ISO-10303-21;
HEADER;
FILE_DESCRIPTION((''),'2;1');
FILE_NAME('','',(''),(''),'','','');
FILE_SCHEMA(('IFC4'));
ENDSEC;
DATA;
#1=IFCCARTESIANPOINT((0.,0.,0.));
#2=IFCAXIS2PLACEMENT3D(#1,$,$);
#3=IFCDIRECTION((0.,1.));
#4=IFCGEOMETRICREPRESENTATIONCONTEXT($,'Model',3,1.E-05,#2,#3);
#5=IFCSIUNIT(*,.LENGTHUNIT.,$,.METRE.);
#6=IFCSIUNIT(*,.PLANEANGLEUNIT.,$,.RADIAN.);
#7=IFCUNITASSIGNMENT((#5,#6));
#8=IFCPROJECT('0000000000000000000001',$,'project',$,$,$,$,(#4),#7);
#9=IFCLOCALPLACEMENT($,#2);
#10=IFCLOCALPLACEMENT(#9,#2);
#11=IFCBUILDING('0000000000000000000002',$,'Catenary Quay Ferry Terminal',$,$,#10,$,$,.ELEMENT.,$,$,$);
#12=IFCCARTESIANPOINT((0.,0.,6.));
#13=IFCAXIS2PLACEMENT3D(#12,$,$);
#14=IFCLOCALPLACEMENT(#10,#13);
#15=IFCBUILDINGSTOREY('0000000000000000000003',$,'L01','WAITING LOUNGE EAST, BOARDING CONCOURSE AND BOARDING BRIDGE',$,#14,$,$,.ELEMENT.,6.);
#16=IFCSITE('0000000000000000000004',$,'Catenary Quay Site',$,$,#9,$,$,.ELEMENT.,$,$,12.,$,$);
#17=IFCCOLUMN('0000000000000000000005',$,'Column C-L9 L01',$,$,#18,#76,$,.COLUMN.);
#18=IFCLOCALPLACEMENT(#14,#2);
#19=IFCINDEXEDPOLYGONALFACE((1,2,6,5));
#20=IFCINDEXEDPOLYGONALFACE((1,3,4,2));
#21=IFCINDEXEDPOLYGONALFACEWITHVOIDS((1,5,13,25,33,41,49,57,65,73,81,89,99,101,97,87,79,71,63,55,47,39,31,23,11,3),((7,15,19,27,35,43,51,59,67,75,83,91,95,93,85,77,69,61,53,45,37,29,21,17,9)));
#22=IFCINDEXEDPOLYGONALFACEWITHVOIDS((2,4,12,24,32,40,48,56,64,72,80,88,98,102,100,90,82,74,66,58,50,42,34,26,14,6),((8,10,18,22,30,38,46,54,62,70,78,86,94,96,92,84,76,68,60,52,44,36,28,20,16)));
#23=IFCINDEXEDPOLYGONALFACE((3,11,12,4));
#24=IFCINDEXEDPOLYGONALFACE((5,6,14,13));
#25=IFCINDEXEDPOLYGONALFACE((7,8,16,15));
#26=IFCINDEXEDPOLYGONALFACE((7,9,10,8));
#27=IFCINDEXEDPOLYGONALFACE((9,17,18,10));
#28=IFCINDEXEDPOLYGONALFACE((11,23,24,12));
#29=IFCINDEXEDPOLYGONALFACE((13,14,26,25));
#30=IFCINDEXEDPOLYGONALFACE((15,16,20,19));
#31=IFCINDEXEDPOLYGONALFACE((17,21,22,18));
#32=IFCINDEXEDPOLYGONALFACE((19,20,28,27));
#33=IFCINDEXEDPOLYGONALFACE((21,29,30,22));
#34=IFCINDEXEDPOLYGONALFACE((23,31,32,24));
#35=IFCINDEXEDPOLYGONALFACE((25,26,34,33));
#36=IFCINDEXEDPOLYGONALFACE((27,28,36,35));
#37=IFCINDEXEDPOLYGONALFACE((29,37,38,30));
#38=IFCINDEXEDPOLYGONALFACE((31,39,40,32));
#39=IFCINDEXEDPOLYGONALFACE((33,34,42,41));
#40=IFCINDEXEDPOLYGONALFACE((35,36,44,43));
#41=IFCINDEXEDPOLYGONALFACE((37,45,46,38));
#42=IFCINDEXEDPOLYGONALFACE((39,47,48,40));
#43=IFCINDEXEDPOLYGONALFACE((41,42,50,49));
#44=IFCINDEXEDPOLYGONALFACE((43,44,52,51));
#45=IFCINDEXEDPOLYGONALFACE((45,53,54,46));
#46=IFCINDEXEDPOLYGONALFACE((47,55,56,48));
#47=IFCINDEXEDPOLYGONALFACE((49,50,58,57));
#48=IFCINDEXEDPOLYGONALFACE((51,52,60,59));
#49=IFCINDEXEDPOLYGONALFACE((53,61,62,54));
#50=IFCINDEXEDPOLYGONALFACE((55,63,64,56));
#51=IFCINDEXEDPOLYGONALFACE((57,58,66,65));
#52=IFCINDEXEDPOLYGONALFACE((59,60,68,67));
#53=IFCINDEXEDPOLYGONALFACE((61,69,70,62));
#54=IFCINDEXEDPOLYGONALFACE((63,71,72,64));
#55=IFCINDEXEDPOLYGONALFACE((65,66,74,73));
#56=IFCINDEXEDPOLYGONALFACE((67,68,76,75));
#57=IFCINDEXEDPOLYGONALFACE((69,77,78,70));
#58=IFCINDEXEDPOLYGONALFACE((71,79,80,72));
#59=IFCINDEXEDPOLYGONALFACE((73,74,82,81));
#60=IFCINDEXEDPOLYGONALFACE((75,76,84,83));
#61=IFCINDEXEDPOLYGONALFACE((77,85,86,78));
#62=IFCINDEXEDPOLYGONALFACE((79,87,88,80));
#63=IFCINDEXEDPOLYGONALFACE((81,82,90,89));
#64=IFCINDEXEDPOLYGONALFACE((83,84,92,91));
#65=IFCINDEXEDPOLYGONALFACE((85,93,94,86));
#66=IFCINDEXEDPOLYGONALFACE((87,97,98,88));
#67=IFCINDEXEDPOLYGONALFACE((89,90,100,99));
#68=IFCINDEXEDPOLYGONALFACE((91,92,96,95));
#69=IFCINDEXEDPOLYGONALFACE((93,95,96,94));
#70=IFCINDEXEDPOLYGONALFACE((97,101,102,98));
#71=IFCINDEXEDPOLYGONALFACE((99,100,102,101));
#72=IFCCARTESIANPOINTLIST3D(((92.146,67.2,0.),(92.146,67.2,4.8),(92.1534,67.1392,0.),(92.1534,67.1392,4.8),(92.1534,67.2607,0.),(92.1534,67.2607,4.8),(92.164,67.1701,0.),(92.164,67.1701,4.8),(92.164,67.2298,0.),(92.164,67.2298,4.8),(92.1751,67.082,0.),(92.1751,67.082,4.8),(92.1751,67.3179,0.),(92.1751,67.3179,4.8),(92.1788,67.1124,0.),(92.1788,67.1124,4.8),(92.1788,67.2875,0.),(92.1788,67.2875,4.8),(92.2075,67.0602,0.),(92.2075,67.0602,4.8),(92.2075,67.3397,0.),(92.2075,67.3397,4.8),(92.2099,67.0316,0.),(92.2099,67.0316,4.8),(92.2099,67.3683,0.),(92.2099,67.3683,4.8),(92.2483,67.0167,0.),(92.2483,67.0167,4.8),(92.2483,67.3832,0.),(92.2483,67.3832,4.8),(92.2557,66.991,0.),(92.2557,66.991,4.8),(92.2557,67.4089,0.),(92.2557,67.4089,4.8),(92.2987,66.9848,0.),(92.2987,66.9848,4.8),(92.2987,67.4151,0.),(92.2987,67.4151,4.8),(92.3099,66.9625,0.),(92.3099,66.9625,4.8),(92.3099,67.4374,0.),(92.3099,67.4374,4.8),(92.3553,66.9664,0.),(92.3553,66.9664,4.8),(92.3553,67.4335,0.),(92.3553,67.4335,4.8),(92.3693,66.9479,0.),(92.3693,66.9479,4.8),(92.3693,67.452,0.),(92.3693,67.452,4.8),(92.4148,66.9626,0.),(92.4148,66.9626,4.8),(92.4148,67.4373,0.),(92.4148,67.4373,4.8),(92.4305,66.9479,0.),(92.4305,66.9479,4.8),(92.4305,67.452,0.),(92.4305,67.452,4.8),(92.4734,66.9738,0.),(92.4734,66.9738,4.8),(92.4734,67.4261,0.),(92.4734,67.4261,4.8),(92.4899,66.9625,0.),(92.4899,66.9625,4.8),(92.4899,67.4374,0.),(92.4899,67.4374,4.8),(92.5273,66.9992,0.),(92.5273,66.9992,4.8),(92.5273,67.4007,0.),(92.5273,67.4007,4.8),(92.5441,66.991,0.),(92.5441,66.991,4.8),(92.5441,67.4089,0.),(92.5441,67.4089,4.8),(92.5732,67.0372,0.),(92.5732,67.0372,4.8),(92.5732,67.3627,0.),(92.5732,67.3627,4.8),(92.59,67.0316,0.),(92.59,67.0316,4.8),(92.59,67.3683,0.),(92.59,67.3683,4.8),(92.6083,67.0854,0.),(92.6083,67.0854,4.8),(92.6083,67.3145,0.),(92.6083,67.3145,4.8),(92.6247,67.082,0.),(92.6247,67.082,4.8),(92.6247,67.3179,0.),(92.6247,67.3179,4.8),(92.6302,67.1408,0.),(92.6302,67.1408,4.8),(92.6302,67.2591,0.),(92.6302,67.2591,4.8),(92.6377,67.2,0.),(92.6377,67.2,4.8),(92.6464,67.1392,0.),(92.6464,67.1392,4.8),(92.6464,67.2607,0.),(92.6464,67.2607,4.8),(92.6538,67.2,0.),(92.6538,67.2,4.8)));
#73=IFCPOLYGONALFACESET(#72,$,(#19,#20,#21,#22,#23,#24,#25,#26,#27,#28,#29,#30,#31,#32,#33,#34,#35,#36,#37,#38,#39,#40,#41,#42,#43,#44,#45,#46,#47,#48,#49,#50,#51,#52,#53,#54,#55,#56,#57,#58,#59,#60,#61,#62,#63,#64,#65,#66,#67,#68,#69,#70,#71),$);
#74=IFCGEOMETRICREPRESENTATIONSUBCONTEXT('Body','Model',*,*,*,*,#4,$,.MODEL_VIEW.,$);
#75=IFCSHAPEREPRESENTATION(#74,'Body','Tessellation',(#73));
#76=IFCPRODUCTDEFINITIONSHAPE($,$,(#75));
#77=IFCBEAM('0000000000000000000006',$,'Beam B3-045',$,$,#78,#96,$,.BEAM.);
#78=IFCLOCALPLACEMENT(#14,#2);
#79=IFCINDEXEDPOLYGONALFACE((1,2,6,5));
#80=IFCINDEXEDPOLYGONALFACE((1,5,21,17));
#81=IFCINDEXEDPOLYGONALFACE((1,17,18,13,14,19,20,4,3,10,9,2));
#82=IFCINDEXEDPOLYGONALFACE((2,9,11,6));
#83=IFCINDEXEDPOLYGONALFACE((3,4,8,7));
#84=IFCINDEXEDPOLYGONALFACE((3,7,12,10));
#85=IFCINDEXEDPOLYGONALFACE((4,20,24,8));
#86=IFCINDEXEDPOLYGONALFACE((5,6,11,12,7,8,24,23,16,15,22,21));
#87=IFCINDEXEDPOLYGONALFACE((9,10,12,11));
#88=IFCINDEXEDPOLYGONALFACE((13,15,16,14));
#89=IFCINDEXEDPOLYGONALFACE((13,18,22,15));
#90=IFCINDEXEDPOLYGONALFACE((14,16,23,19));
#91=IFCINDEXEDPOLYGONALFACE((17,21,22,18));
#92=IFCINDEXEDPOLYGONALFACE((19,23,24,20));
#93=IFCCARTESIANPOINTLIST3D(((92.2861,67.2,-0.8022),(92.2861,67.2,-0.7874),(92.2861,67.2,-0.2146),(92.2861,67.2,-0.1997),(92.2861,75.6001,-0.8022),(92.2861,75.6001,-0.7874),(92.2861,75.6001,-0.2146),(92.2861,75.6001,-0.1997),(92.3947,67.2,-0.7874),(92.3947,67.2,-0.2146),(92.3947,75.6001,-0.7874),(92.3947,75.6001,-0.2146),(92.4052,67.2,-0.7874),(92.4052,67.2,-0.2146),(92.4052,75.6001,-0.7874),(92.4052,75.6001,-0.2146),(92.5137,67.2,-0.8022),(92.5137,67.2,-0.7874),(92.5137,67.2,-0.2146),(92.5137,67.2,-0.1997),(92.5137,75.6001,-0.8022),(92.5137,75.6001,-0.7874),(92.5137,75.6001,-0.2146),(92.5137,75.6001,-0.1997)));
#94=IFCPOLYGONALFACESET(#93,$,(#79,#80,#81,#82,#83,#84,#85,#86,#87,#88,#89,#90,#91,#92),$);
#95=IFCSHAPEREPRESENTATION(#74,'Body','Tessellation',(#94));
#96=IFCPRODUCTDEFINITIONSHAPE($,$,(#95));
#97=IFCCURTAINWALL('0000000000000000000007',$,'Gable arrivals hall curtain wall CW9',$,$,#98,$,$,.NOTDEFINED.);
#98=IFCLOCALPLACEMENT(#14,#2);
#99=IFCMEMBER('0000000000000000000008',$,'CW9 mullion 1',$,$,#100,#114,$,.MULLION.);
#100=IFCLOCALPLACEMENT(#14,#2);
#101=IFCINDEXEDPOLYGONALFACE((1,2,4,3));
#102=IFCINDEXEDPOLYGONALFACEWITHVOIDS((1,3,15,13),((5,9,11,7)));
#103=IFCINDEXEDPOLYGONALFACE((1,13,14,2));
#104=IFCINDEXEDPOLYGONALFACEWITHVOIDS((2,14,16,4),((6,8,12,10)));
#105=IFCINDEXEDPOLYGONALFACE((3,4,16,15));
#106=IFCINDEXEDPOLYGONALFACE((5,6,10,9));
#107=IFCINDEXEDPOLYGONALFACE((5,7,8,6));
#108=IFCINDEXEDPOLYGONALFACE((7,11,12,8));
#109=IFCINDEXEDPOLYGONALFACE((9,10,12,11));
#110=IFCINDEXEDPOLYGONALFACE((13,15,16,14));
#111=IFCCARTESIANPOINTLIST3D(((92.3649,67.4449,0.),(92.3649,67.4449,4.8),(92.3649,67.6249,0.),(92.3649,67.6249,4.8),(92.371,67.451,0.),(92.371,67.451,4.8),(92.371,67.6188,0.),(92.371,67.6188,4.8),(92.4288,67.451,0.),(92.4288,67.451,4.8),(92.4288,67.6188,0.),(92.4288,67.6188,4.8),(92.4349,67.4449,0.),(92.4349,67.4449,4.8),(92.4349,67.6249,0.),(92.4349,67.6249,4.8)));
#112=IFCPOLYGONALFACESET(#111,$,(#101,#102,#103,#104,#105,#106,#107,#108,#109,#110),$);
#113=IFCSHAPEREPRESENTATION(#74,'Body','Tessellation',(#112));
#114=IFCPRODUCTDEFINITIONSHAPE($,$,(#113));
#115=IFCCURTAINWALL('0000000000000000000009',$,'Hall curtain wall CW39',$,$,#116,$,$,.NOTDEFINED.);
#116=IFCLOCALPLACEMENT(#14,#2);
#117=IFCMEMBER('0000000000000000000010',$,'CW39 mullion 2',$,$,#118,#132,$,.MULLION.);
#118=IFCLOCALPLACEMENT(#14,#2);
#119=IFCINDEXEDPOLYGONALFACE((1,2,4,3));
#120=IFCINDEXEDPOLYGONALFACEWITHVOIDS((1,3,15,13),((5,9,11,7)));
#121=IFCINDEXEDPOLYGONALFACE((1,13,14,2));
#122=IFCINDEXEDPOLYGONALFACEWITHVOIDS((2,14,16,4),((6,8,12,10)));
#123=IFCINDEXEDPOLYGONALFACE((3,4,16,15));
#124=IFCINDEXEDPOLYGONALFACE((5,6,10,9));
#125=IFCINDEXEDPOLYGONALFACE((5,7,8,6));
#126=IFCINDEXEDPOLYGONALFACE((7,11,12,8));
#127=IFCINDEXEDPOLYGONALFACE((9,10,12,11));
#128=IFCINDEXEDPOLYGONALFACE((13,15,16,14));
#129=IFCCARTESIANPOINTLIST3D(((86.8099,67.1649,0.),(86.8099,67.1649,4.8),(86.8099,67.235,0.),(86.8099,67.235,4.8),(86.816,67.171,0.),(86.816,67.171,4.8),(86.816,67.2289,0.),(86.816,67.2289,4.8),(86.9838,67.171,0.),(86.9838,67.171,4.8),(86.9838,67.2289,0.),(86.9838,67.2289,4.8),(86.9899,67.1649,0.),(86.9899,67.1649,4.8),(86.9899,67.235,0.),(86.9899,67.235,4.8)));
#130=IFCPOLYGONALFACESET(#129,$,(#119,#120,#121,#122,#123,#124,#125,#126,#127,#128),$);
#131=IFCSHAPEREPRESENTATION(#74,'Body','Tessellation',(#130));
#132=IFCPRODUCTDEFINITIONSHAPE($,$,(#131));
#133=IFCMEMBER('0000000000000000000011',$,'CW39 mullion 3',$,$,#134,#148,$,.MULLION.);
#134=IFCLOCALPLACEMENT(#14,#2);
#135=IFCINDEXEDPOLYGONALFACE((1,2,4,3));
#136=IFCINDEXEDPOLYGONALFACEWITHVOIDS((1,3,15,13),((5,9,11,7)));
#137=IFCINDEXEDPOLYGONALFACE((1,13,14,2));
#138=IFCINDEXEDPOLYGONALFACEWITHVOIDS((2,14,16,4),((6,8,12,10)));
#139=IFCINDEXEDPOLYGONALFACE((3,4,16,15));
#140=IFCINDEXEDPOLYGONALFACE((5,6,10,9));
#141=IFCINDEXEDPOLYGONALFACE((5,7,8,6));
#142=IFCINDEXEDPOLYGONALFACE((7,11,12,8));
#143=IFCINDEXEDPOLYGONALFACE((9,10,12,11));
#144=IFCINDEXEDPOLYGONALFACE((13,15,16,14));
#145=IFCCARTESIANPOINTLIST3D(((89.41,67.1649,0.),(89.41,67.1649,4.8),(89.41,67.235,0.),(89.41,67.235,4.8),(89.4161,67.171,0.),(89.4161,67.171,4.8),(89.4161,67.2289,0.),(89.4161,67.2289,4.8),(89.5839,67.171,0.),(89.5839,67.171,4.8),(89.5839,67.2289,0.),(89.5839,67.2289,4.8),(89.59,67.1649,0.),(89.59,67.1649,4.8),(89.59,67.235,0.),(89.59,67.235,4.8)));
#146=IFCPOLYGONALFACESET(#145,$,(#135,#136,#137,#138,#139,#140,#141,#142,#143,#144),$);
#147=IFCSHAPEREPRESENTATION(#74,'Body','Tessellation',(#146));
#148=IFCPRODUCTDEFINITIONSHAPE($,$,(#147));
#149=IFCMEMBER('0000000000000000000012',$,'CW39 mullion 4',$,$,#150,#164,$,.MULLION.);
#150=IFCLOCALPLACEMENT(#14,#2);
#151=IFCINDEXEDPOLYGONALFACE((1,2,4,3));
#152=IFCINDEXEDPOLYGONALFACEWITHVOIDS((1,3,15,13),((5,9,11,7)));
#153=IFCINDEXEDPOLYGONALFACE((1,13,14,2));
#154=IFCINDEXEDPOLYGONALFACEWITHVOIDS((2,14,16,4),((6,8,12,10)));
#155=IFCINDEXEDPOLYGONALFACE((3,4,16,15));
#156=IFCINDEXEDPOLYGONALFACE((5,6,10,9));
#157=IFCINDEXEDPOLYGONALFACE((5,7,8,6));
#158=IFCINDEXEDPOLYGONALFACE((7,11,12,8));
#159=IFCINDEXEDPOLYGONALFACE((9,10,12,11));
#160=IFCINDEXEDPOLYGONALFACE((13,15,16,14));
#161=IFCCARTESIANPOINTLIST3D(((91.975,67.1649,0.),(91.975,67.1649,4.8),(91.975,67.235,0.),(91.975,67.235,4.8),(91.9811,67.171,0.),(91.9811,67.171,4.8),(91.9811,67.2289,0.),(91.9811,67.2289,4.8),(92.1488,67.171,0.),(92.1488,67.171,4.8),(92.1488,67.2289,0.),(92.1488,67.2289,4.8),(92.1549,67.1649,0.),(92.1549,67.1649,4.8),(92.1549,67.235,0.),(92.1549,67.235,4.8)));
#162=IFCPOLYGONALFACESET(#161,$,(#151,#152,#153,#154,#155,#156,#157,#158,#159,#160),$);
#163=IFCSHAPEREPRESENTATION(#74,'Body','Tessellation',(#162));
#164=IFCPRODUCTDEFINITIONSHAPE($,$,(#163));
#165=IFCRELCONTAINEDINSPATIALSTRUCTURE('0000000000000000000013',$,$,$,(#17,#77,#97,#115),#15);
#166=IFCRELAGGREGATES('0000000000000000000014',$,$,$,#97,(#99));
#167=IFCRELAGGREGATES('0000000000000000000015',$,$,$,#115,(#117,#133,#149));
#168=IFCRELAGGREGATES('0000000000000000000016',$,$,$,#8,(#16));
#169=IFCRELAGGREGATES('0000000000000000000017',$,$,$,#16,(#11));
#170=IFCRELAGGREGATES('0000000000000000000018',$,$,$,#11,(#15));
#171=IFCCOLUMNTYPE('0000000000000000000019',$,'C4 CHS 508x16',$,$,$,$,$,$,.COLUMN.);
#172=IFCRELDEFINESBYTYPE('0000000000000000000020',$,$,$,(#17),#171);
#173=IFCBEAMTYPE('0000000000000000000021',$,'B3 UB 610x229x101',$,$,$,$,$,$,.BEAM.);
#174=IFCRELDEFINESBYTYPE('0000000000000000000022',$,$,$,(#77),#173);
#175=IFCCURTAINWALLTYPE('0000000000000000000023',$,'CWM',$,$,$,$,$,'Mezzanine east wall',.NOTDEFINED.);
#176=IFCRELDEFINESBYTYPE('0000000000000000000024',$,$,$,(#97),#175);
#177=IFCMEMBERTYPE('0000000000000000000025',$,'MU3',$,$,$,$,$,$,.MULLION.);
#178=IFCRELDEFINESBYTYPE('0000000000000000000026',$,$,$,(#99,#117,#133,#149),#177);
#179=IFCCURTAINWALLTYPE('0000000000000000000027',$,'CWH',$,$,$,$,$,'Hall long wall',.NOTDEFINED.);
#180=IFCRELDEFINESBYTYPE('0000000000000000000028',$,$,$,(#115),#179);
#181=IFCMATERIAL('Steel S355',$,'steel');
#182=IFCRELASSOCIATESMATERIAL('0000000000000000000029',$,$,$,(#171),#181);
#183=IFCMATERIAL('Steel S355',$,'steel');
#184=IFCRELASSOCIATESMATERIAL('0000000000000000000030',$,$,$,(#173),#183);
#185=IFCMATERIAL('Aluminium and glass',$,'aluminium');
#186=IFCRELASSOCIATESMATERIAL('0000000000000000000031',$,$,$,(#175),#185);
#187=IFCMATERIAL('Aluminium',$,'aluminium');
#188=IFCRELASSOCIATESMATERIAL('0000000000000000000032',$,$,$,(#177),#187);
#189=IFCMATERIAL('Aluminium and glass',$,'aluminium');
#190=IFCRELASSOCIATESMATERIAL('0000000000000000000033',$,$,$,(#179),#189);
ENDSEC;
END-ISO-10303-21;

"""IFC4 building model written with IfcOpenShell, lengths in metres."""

from ifc_helpers import new_model, si_unit, direction, frame, origin, origin_2d, place, context, subcontext, project, spatial, hollow_rectangle, hollow_circle, i_section, extrude, material, material_profile, profile_set, type_object, element, aggregate, save


model = new_model("IFC4")

# Units and contexts
model_context = context("Model", 3, precision=1e-05, world=origin(), true_north=direction((0.0, 1.0)))
body_context = subcontext(model_context, "Body", "Model", "MODEL_VIEW")
ifc_project = project(units=[si_unit("LENGTHUNIT", "METRE"), si_unit("PLANEANGLEUNIT", "RADIAN")], contexts=[model_context])

# Site, building, storey
site_placement = place(None, origin())
site = spatial("IfcSite", under=ifc_project, at=site_placement, Name="Catenary Quay Site", CompositionType="ELEMENT", RefElevation=12.0)
building_placement = place(site_placement, origin())
building = spatial("IfcBuilding", under=site, at=building_placement, Name="Catenary Quay Ferry Terminal", CompositionType="ELEMENT")
storey_placement = place(building_placement, frame((0.0, 0.0, 6.0)))
storey = spatial("IfcBuildingStorey", under=building, at=storey_placement, Name="L01", Description="WAITING LOUNGE EAST, BOARDING CONCOURSE AND BOARDING BRIDGE", CompositionType="ELEMENT", Elevation=6.0)

# Column
ifc_material_1 = material(Name="Steel S355", Category="steel")
ifc_material_profile_1 = material_profile(ifc_material_1, hollow_circle(Radius=0.2539, WallThickness=0.0161, at=origin_2d()), Name="CHS 508x16")
ifc_profile_set_1 = profile_set([ifc_material_profile_1], Name="Steel S355")
column_type = type_object("IfcColumnType", Name="C4 CHS 508x16", PredefinedType="COLUMN", material=ifc_profile_set_1)
column_placement = place(storey_placement, frame((92.3999, 67.2, 0.0), z_axis=(0.0, 0.0, 1.0), x_axis=(1.0, 0.0, 0.0)))
element("IfcColumn", 1, at=column_placement, inside=storey, type_object=column_type, Name="Column C-L9 L01", PredefinedType="COLUMN", context=body_context, shape_type="SweptSolid", body=[
    extrude(hollow_circle(Radius=0.2539, WallThickness=0.0161, at=origin_2d()), origin(), (0.0, 0.0, 1.0), 4.8),
])

# Beam
ifc_material_2 = material(Name="Steel S355", Category="steel")
ifc_material_profile_2 = material_profile(ifc_material_2, i_section(OverallWidth=0.2275, OverallDepth=0.6025, WebThickness=0.0105, FlangeThickness=0.0149, at=origin_2d()), Name="UB 610x229x101")
ifc_profile_set_2 = profile_set([ifc_material_profile_2], Name="Steel S355")
beam_type_1 = type_object("IfcBeamType", Name="B3 UB 610x229x101", PredefinedType="BEAM", material=ifc_profile_set_2)
beam_1_placement = place(storey_placement, frame((92.3999, 67.2, -0.501), z_axis=(0.0, 1.0, 0.0), x_axis=(-1.0, 0.0, 0.0)))
element("IfcBeam", 2, at=beam_1_placement, inside=storey, type_object=beam_type_1, Name="Beam B3-045", PredefinedType="BEAM", context=body_context, shape_type="SweptSolid", body=[
    extrude(i_section(OverallWidth=0.2275, OverallDepth=0.6025, WebThickness=0.0105, FlangeThickness=0.0149, at=origin_2d()), origin(), (0.0, 0.0, 1.0), 8.4001),
])

# Curtain wall, member
ifc_material_3 = material(Name="Aluminium and glass", Category="aluminium")
curtain_wall_type_1 = type_object("IfcCurtainWallType", Name="CWM", ElementType="Mezzanine east wall", PredefinedType="NOTDEFINED", material=ifc_material_3)
curtain_wall_1_placement = place(storey_placement, origin())
curtain_wall_1 = element("IfcCurtainWall", 3, at=curtain_wall_1_placement, inside=storey, type_object=curtain_wall_type_1, Name="Gable arrivals hall curtain wall CW9", PredefinedType="NOTDEFINED")
ifc_material_4 = material(Name="Aluminium", Category="aluminium")
ifc_material_profile_3 = material_profile(ifc_material_4, hollow_rectangle(XDim=0.0701, YDim=0.1799, WallThickness=0.0061, at=origin_2d()), Name="MU3")
ifc_profile_set_3 = profile_set([ifc_material_profile_3], Name="Aluminium")
member_type_1 = type_object("IfcMemberType", Name="MU3", PredefinedType="MULLION", material=ifc_profile_set_3)
member_1_placement = place(storey_placement, frame((92.3999, 67.5349, 0.0), z_axis=(0.0, 0.0, 1.0), x_axis=(-1.0, 0.0, 0.0)))
member_1 = element("IfcMember", 4, at=member_1_placement, type_object=member_type_1, Name="CW9 mullion 1", PredefinedType="MULLION", context=body_context, shape_type="SweptSolid", body=[
    extrude(hollow_rectangle(XDim=0.0701, YDim=0.1799, WallThickness=0.0061, at=origin_2d()), origin(), (0.0, 0.0, 1.0), 4.8),
])

# Curtain wall, members
ifc_material_5 = material(Name="Aluminium and glass", Category="aluminium")
curtain_wall_type_2 = type_object("IfcCurtainWallType", Name="CWH", ElementType="Hall long wall", PredefinedType="NOTDEFINED", material=ifc_material_5)
curtain_wall_2_placement = place(storey_placement, origin())
curtain_wall_2 = element("IfcCurtainWall", 5, at=curtain_wall_2_placement, inside=storey, type_object=curtain_wall_type_2, Name="Hall curtain wall CW39", PredefinedType="NOTDEFINED")
member_2_placement = place(storey_placement, frame((86.8999, 67.2, 0.0), z_axis=(0.0, 0.0, 1.0), x_axis=(0.0, 1.0, 0.0)))
member_2 = element("IfcMember", 6, at=member_2_placement, type_object=member_type_1, Name="CW39 mullion 2", PredefinedType="MULLION", context=body_context, shape_type="SweptSolid", body=[
    extrude(hollow_rectangle(XDim=0.0701, YDim=0.1799, WallThickness=0.0061, at=origin_2d()), origin(), (0.0, 0.0, 1.0), 4.8),
])
member_3_placement = place(storey_placement, frame((89.5, 67.2, 0.0), z_axis=(0.0, 0.0, 1.0), x_axis=(0.0, 1.0, 0.0)))
member_3 = element("IfcMember", 7, at=member_3_placement, type_object=member_type_1, Name="CW39 mullion 3", PredefinedType="MULLION", context=body_context, shape_type="SweptSolid", body=[
    extrude(hollow_rectangle(XDim=0.0701, YDim=0.1799, WallThickness=0.0061, at=origin_2d()), origin(), (0.0, 0.0, 1.0), 4.8),
])
member_4_placement = place(storey_placement, frame((92.0649, 67.2, 0.0), z_axis=(0.0, 0.0, 1.0), x_axis=(0.0, 1.0, 0.0)))
member_4 = element("IfcMember", 8, at=member_4_placement, type_object=member_type_1, Name="CW39 mullion 4", PredefinedType="MULLION", context=body_context, shape_type="SweptSolid", body=[
    extrude(hollow_rectangle(XDim=0.0701, YDim=0.1799, WallThickness=0.0061, at=origin_2d()), origin(), (0.0, 0.0, 1.0), 4.8),
])

aggregate(curtain_wall_1, [member_1])

aggregate(curtain_wall_2, [member_2, member_3, member_4])

save(model, "model.ifc")
